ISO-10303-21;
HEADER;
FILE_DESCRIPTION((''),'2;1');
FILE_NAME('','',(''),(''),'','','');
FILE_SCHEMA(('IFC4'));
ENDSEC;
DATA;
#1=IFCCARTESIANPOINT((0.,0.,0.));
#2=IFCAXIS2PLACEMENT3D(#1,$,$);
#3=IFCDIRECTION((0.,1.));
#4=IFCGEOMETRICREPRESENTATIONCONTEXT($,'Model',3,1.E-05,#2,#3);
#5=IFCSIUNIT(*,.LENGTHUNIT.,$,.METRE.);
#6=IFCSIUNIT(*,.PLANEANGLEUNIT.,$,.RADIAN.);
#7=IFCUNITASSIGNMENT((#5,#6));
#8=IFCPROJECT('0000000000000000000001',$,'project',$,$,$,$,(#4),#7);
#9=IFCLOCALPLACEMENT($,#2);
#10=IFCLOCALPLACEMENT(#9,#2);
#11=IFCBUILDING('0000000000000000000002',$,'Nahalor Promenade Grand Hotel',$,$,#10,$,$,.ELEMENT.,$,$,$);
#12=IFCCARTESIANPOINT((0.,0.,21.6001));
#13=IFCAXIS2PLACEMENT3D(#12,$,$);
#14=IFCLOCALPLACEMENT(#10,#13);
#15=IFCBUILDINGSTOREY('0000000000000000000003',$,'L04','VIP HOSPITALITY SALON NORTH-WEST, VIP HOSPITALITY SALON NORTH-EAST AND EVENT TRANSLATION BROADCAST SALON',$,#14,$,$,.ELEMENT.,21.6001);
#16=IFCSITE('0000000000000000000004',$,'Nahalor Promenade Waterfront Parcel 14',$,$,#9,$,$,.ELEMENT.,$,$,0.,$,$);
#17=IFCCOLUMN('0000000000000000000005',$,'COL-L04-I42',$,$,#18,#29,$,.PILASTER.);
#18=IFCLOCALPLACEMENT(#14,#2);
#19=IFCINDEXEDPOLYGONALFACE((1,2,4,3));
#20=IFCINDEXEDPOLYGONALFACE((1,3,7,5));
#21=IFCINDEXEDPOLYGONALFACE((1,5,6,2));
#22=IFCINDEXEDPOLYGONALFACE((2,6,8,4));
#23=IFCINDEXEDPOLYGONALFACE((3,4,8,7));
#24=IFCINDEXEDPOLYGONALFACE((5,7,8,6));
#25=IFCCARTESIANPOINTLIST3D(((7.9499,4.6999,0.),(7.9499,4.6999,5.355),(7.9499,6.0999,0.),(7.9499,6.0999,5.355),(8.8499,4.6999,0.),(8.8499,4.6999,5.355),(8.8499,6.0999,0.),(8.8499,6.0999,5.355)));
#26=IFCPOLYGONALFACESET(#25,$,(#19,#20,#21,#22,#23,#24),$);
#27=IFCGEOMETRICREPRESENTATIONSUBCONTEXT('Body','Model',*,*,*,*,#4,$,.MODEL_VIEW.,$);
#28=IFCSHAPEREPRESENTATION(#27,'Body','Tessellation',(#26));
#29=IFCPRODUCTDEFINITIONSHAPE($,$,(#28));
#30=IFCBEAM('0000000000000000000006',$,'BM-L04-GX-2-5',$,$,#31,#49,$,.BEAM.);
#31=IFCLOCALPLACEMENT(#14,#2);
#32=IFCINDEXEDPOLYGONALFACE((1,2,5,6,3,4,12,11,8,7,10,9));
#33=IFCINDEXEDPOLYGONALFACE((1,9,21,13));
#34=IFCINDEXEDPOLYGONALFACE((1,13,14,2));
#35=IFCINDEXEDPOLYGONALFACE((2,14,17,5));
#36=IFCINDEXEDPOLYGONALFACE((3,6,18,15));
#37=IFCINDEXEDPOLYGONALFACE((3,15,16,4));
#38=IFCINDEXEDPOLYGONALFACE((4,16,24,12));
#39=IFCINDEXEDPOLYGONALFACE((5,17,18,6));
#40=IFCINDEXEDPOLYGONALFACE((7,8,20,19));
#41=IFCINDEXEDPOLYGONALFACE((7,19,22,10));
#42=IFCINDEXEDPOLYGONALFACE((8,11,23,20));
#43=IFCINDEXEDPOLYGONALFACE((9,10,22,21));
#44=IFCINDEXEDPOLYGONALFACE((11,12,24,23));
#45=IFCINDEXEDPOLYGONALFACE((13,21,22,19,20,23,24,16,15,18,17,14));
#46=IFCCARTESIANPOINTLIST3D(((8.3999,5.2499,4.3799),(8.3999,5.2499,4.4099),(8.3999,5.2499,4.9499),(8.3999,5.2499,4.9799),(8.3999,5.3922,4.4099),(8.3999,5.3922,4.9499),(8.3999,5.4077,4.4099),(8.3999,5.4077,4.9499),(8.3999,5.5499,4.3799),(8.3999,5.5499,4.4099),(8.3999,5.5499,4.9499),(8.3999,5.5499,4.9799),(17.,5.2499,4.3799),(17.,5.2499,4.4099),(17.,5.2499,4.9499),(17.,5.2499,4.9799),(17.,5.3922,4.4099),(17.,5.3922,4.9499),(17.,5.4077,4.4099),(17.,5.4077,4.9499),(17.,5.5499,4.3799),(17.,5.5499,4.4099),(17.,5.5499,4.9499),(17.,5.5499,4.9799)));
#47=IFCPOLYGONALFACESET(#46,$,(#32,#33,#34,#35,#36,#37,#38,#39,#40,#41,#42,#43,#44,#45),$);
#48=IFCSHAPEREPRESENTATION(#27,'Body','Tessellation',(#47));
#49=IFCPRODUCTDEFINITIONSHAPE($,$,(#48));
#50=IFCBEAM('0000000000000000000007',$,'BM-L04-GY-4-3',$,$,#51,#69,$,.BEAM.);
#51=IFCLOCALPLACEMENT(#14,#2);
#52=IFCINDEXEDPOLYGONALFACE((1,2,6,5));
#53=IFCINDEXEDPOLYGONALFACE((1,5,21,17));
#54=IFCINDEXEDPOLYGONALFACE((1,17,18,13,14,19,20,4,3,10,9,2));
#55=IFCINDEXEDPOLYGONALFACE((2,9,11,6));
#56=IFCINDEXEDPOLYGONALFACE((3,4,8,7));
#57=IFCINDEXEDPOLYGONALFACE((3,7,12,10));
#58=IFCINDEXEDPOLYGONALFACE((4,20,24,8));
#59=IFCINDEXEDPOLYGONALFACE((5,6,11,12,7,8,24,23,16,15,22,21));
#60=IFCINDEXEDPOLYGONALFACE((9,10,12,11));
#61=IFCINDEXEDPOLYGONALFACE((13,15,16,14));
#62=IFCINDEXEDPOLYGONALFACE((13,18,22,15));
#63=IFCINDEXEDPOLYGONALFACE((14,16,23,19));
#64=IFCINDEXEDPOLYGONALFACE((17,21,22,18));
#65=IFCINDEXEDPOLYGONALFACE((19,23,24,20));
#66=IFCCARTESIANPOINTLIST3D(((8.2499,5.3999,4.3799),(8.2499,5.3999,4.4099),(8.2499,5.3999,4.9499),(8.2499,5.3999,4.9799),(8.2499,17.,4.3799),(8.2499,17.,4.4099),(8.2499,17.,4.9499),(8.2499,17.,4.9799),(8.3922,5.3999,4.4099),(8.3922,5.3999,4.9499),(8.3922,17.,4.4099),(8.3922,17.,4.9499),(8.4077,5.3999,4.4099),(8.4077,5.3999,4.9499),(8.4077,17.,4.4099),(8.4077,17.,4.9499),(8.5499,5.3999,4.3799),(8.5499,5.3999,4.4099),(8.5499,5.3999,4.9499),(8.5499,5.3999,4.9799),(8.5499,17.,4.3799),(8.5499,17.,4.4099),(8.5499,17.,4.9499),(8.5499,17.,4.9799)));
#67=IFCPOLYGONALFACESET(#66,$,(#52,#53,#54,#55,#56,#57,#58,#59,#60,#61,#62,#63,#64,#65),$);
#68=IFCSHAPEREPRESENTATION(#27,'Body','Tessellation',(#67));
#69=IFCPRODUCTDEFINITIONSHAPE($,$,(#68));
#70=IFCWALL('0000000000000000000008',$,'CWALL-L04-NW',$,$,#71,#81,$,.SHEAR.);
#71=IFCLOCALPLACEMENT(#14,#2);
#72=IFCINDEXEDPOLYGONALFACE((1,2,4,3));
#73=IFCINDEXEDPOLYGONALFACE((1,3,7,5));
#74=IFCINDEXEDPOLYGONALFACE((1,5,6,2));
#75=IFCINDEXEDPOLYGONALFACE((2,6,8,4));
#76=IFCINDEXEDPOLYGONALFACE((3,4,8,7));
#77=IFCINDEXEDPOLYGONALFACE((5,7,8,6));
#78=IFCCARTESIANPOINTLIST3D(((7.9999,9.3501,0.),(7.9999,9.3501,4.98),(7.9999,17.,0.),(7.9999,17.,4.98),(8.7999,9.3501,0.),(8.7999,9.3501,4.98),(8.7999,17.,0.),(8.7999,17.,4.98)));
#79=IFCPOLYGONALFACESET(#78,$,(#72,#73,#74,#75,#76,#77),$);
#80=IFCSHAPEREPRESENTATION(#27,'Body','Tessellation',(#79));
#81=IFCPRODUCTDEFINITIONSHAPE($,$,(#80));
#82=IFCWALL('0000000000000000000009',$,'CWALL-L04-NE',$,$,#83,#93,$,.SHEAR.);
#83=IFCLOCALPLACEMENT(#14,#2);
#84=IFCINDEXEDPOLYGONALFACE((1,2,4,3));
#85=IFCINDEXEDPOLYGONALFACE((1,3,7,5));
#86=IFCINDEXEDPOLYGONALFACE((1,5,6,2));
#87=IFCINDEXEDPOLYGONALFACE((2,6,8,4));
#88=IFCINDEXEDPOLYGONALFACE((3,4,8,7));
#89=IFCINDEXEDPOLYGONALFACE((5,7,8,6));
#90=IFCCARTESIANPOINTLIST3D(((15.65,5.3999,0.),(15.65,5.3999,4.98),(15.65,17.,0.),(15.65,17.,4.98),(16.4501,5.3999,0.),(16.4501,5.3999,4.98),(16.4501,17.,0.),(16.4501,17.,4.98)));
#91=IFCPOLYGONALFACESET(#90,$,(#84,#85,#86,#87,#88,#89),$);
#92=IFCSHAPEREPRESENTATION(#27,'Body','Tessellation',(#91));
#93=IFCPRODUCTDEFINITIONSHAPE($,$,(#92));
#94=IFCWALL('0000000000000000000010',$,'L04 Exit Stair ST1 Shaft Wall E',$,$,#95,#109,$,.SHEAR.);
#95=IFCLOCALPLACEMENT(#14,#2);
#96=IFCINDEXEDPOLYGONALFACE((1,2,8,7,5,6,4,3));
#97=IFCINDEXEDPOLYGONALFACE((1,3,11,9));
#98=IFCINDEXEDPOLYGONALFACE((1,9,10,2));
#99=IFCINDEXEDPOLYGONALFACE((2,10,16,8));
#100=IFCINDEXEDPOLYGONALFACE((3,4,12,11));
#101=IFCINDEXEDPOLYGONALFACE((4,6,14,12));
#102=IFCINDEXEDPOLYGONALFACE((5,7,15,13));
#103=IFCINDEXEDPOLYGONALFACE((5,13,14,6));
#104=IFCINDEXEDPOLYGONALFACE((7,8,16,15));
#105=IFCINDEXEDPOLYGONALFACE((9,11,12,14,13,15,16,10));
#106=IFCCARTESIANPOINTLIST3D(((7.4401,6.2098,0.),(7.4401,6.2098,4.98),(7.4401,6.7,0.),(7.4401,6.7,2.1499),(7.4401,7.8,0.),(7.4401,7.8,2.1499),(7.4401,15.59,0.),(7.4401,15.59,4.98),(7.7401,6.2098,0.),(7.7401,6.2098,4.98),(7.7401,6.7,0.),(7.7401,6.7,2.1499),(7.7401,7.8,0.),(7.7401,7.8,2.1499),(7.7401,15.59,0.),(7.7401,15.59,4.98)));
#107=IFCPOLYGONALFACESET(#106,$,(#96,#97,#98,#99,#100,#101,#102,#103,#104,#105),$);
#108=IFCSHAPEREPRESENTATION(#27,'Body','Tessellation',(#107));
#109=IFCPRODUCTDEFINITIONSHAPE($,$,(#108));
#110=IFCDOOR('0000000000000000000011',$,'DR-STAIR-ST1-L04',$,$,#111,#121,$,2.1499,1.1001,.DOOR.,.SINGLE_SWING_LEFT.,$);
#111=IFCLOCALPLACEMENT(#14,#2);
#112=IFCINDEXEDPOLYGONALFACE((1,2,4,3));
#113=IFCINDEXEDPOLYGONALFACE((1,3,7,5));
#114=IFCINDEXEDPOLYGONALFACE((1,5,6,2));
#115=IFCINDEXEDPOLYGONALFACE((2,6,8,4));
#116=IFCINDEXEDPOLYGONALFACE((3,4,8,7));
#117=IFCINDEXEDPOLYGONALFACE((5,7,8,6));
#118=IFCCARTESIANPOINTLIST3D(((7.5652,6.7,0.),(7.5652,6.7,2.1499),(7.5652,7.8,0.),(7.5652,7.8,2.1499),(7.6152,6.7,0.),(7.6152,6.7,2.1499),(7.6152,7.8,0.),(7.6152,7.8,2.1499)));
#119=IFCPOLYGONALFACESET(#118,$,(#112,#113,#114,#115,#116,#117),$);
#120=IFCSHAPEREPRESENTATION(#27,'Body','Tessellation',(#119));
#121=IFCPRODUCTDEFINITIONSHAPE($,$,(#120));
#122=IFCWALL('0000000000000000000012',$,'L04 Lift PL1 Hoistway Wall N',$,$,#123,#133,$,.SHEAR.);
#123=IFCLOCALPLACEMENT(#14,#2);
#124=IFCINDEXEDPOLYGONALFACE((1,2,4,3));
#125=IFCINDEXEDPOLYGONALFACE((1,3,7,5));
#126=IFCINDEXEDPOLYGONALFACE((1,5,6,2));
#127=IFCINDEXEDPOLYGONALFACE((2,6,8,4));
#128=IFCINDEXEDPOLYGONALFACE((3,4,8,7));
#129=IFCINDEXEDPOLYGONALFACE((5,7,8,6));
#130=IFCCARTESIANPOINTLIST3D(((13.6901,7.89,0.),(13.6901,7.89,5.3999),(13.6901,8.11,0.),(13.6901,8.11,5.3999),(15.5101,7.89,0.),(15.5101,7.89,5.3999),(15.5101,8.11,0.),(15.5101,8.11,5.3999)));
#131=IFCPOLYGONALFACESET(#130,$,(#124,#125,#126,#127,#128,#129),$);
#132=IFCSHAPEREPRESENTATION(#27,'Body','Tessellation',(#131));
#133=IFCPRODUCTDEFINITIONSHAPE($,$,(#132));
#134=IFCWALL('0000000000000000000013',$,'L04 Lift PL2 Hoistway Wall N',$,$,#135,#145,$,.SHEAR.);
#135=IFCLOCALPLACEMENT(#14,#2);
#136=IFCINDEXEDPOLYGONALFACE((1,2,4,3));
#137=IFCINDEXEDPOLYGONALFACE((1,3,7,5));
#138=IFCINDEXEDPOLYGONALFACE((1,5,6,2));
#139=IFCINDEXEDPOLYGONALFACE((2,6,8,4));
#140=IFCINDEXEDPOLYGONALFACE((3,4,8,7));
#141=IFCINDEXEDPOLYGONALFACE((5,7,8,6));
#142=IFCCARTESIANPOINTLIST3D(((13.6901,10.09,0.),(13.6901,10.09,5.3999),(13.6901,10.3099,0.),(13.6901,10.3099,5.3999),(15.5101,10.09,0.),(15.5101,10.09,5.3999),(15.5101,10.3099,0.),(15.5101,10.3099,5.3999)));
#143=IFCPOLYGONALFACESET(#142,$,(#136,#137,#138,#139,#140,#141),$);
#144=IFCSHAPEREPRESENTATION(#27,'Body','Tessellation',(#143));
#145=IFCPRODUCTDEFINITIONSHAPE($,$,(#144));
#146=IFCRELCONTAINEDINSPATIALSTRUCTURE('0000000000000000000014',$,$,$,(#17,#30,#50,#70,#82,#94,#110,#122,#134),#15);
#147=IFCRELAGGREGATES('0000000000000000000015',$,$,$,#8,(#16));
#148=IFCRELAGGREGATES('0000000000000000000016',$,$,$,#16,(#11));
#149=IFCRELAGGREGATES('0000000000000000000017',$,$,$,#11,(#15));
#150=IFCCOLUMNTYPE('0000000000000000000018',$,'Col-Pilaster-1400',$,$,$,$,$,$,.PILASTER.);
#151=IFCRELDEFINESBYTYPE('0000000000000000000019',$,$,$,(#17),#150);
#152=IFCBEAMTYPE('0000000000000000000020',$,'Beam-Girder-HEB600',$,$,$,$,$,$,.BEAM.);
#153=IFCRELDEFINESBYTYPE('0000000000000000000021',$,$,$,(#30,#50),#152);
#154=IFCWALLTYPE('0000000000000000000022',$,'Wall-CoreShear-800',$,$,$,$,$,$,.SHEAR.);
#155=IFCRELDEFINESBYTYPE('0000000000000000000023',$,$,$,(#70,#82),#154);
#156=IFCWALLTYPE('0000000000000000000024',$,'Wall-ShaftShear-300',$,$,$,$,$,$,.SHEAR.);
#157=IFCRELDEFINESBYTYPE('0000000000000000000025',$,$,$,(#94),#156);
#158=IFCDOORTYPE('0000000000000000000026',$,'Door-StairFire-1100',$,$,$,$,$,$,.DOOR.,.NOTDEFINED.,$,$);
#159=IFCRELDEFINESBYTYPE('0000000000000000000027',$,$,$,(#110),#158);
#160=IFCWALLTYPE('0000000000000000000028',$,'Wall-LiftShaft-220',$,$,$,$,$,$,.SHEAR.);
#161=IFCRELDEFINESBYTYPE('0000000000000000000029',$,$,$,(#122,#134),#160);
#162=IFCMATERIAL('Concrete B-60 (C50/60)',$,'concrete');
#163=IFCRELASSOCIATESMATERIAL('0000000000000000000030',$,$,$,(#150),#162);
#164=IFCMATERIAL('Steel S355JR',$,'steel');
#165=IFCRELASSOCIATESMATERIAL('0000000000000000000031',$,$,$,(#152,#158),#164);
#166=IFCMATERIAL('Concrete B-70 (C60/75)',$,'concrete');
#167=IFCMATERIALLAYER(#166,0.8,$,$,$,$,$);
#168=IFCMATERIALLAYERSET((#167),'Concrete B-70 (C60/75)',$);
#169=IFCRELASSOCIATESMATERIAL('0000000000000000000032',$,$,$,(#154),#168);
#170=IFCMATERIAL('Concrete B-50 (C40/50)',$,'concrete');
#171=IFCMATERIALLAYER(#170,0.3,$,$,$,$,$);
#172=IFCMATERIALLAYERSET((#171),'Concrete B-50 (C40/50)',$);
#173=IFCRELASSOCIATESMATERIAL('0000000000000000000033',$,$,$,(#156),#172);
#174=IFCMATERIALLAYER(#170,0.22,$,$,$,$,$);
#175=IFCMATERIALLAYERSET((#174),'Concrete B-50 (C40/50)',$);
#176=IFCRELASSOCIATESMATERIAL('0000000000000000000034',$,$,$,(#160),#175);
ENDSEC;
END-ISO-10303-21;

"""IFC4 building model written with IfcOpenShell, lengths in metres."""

from ifc_helpers import new_model, si_unit, direction, frame, frame_2d, origin, origin_2d, place, context, subcontext, project, spatial, rectangle, i_section, extrude, source, transform, mapped, material, layer, layer_set, material_profile, profile_set, type_object, element, fill, save


model = new_model("IFC4")

# Units and contexts
model_context = context("Model", 3, precision=1e-05, world=origin(), true_north=direction((0.0, 1.0)))
body_context = subcontext(model_context, "Body", "Model", "MODEL_VIEW")
ifc_project = project(units=[si_unit("LENGTHUNIT", "METRE"), si_unit("PLANEANGLEUNIT", "RADIAN")], contexts=[model_context])

# Site, building, storey
site_placement = place(None, origin())
site = spatial("IfcSite", under=ifc_project, at=site_placement, Name="Nahalor Promenade Waterfront Parcel 14", CompositionType="ELEMENT", RefElevation=0.0)
building_placement = place(site_placement, origin())
building = spatial("IfcBuilding", under=site, at=building_placement, Name="Nahalor Promenade Grand Hotel", CompositionType="ELEMENT")
storey_placement = place(building_placement, frame((0.0, 0.0, 21.6001)))
storey = spatial("IfcBuildingStorey", under=building, at=storey_placement, Name="L04", Description="VIP HOSPITALITY SALON NORTH-WEST, VIP HOSPITALITY SALON NORTH-EAST AND EVENT TRANSLATION BROADCAST SALON", CompositionType="ELEMENT", Elevation=21.6001)

# Column
ifc_material_1 = material(Name="Concrete B-60 (C50/60)", Category="concrete")
ifc_material_profile_1 = material_profile(ifc_material_1, rectangle(XDim=0.9, YDim=1.4, at=origin_2d()), Name="RC 900x1400")
ifc_profile_set_1 = profile_set([ifc_material_profile_1], Name="Concrete B-60 (C50/60)")
column_type = type_object("IfcColumnType", Name="Col-Pilaster-1400", PredefinedType="PILASTER", material=ifc_profile_set_1)
shared_shape_1 = source(origin(), body_context, "Body", "SweptSolid", [
    extrude(rectangle(XDim=0.9, YDim=1.4, at=origin_2d()), origin(), (0.0, 0.0, 1.0), 5.355),
])
column_placement = place(storey_placement, frame((8.3999, 5.3999, 0.0), z_axis=(0.0, 0.0, 1.0), x_axis=(1.0, 0.0, 0.0)))
element("IfcColumn", 1, at=column_placement, inside=storey, type_object=column_type, Name="COL-L04-I42", PredefinedType="PILASTER", context=body_context, shape_type="MappedRepresentation", body=[
    mapped(shared_shape_1, transform((0.0, 0.0, 0.0), scale=1.0)),
])

# Beams
ifc_material_2 = material(Name="Steel S355JR", Category="steel")
ifc_material_profile_2 = material_profile(ifc_material_2, i_section(OverallWidth=0.3, OverallDepth=0.6, WebThickness=0.0155, FlangeThickness=0.03, at=origin_2d()), Name="HEB 600")
ifc_profile_set_2 = profile_set([ifc_material_profile_2], Name="Steel S355JR")
beam_type = type_object("IfcBeamType", Name="Beam-Girder-HEB600", PredefinedType="BEAM", material=ifc_profile_set_2)
shared_shape_2 = source(origin(), body_context, "Body", "SweptSolid", [
    extrude(i_section(OverallWidth=0.3, OverallDepth=0.6, WebThickness=0.0155, FlangeThickness=0.03, at=origin_2d()), origin(), (0.0, 0.0, 1.0), 8.6001),
])
beam_1_placement = place(storey_placement, frame((8.3999, 5.3999, 4.6799), z_axis=(1.0, 0.0, 0.0), x_axis=(0.0, 1.0, 0.0)))
element("IfcBeam", 2, at=beam_1_placement, inside=storey, type_object=beam_type, Name="BM-L04-GX-2-5", PredefinedType="BEAM", context=body_context, shape_type="MappedRepresentation", body=[
    mapped(shared_shape_2, transform((0.0, 0.0, 0.0), scale=1.0)),
])
shared_shape_3 = source(origin(), body_context, "Body", "SweptSolid", [
    extrude(i_section(OverallWidth=0.3, OverallDepth=0.6, WebThickness=0.0155, FlangeThickness=0.03, at=origin_2d()), origin(), (0.0, 0.0, 1.0), 11.6001),
])
beam_2_placement = place(storey_placement, frame((8.3999, 5.3999, 4.6799), z_axis=(0.0, 1.0, 0.0), x_axis=(-1.0, 0.0, 0.0)))
element("IfcBeam", 3, at=beam_2_placement, inside=storey, type_object=beam_type, Name="BM-L04-GY-4-3", PredefinedType="BEAM", context=body_context, shape_type="MappedRepresentation", body=[
    mapped(shared_shape_3, transform((0.0, 0.0, 0.0), scale=1.0)),
])

# Walls
ifc_material_3 = material(Name="Concrete B-70 (C60/75)", Category="concrete")
ifc_layer_1 = layer(ifc_material_3, 0.8)
ifc_layer_set_1 = layer_set([ifc_layer_1], Name="Concrete B-70 (C60/75)")
wall_type_1 = type_object("IfcWallType", Name="Wall-CoreShear-800", PredefinedType="SHEAR", material=ifc_layer_set_1)
shared_shape_4 = source(origin(), body_context, "Body", "SweptSolid", [
    extrude(rectangle(XDim=7.6499, YDim=0.8, at=frame_2d((3.825, 0.0))), origin(), (0.0, 0.0, 1.0), 4.98),
])
wall_1_placement = place(storey_placement, frame((8.3999, 9.3501, 0.0), z_axis=(0.0, 0.0, 1.0), x_axis=(0.0, 1.0, 0.0)))
element("IfcWall", 4, at=wall_1_placement, inside=storey, type_object=wall_type_1, Name="CWALL-L04-NW", PredefinedType="SHEAR", context=body_context, shape_type="MappedRepresentation", body=[
    mapped(shared_shape_4, transform((0.0, 0.0, 0.0), scale=1.0)),
])
shared_shape_5 = source(origin(), body_context, "Body", "SweptSolid", [
    extrude(rectangle(XDim=11.6001, YDim=0.8, at=frame_2d((5.8, 0.0))), origin(), (0.0, 0.0, 1.0), 4.98),
])
wall_2_placement = place(storey_placement, frame((16.05, 5.3999, 0.0), z_axis=(0.0, 0.0, 1.0), x_axis=(0.0, 1.0, 0.0)))
element("IfcWall", 5, at=wall_2_placement, inside=storey, type_object=wall_type_1, Name="CWALL-L04-NE", PredefinedType="SHEAR", context=body_context, shape_type="MappedRepresentation", body=[
    mapped(shared_shape_5, transform((0.0, 0.0, 0.0), scale=1.0)),
])

# Wall, opening, door
ifc_material_4 = material(Name="Concrete B-50 (C40/50)", Category="concrete")
ifc_layer_2 = layer(ifc_material_4, 0.3)
ifc_layer_set_2 = layer_set([ifc_layer_2], Name="Concrete B-50 (C40/50)")
wall_type_2 = type_object("IfcWallType", Name="Wall-ShaftShear-300", PredefinedType="SHEAR", material=ifc_layer_set_2)
shared_shape_6 = source(origin(), body_context, "Body", "SweptSolid", [
    extrude(rectangle(XDim=9.3801, YDim=0.3, at=frame_2d((4.6899, 0.0))), origin(), (0.0, 0.0, 1.0), 4.98),
])
wall_3_placement = place(storey_placement, frame((7.5901, 6.21, 0.0), z_axis=(0.0, 0.0, 1.0), x_axis=(0.0, 1.0, 0.0)))
wall_3 = element("IfcWall", 6, at=wall_3_placement, inside=storey, type_object=wall_type_2, Name="L04 Exit Stair ST1 Shaft Wall E", PredefinedType="SHEAR", context=body_context, shape_type="MappedRepresentation", body=[
    mapped(shared_shape_6, transform((0.0, 0.0, 0.0), scale=1.0)),
])
opening_1_placement = place(wall_3_placement, frame((0.49, 0.0, 0.0)))
opening_1 = element("IfcOpeningElement", 7, at=opening_1_placement, cuts=wall_3, PredefinedType="OPENING", context=body_context, shape_type="SweptSolid", body=[
    extrude(rectangle(XDim=1.1001, YDim=2.1499, at=frame_2d((0.55, 1.075))), frame((0.0, 0.1599, 0.0), z_axis=(0.0, -1.0, 0.0), x_axis=(1.0, 0.0, 0.0)), (0.0, 0.0, 1.0), 0.3201),
])
door_type_1 = type_object("IfcDoorType", Name="Door-StairFire-1100", OperationType="NOTDEFINED", PredefinedType="DOOR", material=ifc_material_2)
shared_shape_7 = source(origin(), body_context, "Body", "SweptSolid", [
    extrude(rectangle(XDim=1.1001, YDim=2.1499, at=frame_2d((0.55, 1.075))), frame((0.0, 0.0249, 0.0), z_axis=(0.0, -1.0, 0.0), x_axis=(1.0, 0.0, 0.0)), (0.0, 0.0, 1.0), 0.05),
])
door_1_placement = place(opening_1_placement, origin())
door_1 = element("IfcDoor", 8, at=door_1_placement, inside=storey, type_object=door_type_1, Name="DR-STAIR-ST1-L04", OperationType="SINGLE_SWING_LEFT", OverallHeight=2.1499, OverallWidth=1.1001, PredefinedType="DOOR", context=body_context, shape_type="MappedRepresentation", body=[
    mapped(shared_shape_7, transform((0.0, 0.0, 0.0), scale=1.0)),
])
fill(opening_1, door_1)

# Walls
ifc_layer_3 = layer(ifc_material_4, 0.22)
ifc_layer_set_3 = layer_set([ifc_layer_3], Name="Concrete B-50 (C40/50)")
wall_type_3 = type_object("IfcWallType", Name="Wall-LiftShaft-220", PredefinedType="SHEAR", material=ifc_layer_set_3)
shared_shape_8 = source(origin(), body_context, "Body", "SweptSolid", [
    extrude(rectangle(XDim=1.8201, YDim=0.22, at=frame_2d((0.9102, 0.0))), origin(), (0.0, 0.0, 1.0), 5.3999),
])
for number, where, z_axis, x_axis, name in (
    (9, (13.6899, 8.0, 0.0), (0.0, 0.0, 1.0), (1.0, 0.0, 0.0), "L04 Lift PL1 Hoistway Wall N"),
    (10, (13.6899, 10.2, 0.0), (0.0, 0.0, 1.0), (1.0, 0.0, 0.0), "L04 Lift PL2 Hoistway Wall N"),
):
    element("IfcWall", number, at=place(storey_placement, frame(where, z_axis=z_axis, x_axis=x_axis)), inside=storey, type_object=wall_type_3, Name=name, PredefinedType="SHEAR", context=body_context, shape_type="MappedRepresentation", body=[
        mapped(shared_shape_8, transform((0.0, 0.0, 0.0), scale=1.0)),
    ])

save(model, "model.ifc")
